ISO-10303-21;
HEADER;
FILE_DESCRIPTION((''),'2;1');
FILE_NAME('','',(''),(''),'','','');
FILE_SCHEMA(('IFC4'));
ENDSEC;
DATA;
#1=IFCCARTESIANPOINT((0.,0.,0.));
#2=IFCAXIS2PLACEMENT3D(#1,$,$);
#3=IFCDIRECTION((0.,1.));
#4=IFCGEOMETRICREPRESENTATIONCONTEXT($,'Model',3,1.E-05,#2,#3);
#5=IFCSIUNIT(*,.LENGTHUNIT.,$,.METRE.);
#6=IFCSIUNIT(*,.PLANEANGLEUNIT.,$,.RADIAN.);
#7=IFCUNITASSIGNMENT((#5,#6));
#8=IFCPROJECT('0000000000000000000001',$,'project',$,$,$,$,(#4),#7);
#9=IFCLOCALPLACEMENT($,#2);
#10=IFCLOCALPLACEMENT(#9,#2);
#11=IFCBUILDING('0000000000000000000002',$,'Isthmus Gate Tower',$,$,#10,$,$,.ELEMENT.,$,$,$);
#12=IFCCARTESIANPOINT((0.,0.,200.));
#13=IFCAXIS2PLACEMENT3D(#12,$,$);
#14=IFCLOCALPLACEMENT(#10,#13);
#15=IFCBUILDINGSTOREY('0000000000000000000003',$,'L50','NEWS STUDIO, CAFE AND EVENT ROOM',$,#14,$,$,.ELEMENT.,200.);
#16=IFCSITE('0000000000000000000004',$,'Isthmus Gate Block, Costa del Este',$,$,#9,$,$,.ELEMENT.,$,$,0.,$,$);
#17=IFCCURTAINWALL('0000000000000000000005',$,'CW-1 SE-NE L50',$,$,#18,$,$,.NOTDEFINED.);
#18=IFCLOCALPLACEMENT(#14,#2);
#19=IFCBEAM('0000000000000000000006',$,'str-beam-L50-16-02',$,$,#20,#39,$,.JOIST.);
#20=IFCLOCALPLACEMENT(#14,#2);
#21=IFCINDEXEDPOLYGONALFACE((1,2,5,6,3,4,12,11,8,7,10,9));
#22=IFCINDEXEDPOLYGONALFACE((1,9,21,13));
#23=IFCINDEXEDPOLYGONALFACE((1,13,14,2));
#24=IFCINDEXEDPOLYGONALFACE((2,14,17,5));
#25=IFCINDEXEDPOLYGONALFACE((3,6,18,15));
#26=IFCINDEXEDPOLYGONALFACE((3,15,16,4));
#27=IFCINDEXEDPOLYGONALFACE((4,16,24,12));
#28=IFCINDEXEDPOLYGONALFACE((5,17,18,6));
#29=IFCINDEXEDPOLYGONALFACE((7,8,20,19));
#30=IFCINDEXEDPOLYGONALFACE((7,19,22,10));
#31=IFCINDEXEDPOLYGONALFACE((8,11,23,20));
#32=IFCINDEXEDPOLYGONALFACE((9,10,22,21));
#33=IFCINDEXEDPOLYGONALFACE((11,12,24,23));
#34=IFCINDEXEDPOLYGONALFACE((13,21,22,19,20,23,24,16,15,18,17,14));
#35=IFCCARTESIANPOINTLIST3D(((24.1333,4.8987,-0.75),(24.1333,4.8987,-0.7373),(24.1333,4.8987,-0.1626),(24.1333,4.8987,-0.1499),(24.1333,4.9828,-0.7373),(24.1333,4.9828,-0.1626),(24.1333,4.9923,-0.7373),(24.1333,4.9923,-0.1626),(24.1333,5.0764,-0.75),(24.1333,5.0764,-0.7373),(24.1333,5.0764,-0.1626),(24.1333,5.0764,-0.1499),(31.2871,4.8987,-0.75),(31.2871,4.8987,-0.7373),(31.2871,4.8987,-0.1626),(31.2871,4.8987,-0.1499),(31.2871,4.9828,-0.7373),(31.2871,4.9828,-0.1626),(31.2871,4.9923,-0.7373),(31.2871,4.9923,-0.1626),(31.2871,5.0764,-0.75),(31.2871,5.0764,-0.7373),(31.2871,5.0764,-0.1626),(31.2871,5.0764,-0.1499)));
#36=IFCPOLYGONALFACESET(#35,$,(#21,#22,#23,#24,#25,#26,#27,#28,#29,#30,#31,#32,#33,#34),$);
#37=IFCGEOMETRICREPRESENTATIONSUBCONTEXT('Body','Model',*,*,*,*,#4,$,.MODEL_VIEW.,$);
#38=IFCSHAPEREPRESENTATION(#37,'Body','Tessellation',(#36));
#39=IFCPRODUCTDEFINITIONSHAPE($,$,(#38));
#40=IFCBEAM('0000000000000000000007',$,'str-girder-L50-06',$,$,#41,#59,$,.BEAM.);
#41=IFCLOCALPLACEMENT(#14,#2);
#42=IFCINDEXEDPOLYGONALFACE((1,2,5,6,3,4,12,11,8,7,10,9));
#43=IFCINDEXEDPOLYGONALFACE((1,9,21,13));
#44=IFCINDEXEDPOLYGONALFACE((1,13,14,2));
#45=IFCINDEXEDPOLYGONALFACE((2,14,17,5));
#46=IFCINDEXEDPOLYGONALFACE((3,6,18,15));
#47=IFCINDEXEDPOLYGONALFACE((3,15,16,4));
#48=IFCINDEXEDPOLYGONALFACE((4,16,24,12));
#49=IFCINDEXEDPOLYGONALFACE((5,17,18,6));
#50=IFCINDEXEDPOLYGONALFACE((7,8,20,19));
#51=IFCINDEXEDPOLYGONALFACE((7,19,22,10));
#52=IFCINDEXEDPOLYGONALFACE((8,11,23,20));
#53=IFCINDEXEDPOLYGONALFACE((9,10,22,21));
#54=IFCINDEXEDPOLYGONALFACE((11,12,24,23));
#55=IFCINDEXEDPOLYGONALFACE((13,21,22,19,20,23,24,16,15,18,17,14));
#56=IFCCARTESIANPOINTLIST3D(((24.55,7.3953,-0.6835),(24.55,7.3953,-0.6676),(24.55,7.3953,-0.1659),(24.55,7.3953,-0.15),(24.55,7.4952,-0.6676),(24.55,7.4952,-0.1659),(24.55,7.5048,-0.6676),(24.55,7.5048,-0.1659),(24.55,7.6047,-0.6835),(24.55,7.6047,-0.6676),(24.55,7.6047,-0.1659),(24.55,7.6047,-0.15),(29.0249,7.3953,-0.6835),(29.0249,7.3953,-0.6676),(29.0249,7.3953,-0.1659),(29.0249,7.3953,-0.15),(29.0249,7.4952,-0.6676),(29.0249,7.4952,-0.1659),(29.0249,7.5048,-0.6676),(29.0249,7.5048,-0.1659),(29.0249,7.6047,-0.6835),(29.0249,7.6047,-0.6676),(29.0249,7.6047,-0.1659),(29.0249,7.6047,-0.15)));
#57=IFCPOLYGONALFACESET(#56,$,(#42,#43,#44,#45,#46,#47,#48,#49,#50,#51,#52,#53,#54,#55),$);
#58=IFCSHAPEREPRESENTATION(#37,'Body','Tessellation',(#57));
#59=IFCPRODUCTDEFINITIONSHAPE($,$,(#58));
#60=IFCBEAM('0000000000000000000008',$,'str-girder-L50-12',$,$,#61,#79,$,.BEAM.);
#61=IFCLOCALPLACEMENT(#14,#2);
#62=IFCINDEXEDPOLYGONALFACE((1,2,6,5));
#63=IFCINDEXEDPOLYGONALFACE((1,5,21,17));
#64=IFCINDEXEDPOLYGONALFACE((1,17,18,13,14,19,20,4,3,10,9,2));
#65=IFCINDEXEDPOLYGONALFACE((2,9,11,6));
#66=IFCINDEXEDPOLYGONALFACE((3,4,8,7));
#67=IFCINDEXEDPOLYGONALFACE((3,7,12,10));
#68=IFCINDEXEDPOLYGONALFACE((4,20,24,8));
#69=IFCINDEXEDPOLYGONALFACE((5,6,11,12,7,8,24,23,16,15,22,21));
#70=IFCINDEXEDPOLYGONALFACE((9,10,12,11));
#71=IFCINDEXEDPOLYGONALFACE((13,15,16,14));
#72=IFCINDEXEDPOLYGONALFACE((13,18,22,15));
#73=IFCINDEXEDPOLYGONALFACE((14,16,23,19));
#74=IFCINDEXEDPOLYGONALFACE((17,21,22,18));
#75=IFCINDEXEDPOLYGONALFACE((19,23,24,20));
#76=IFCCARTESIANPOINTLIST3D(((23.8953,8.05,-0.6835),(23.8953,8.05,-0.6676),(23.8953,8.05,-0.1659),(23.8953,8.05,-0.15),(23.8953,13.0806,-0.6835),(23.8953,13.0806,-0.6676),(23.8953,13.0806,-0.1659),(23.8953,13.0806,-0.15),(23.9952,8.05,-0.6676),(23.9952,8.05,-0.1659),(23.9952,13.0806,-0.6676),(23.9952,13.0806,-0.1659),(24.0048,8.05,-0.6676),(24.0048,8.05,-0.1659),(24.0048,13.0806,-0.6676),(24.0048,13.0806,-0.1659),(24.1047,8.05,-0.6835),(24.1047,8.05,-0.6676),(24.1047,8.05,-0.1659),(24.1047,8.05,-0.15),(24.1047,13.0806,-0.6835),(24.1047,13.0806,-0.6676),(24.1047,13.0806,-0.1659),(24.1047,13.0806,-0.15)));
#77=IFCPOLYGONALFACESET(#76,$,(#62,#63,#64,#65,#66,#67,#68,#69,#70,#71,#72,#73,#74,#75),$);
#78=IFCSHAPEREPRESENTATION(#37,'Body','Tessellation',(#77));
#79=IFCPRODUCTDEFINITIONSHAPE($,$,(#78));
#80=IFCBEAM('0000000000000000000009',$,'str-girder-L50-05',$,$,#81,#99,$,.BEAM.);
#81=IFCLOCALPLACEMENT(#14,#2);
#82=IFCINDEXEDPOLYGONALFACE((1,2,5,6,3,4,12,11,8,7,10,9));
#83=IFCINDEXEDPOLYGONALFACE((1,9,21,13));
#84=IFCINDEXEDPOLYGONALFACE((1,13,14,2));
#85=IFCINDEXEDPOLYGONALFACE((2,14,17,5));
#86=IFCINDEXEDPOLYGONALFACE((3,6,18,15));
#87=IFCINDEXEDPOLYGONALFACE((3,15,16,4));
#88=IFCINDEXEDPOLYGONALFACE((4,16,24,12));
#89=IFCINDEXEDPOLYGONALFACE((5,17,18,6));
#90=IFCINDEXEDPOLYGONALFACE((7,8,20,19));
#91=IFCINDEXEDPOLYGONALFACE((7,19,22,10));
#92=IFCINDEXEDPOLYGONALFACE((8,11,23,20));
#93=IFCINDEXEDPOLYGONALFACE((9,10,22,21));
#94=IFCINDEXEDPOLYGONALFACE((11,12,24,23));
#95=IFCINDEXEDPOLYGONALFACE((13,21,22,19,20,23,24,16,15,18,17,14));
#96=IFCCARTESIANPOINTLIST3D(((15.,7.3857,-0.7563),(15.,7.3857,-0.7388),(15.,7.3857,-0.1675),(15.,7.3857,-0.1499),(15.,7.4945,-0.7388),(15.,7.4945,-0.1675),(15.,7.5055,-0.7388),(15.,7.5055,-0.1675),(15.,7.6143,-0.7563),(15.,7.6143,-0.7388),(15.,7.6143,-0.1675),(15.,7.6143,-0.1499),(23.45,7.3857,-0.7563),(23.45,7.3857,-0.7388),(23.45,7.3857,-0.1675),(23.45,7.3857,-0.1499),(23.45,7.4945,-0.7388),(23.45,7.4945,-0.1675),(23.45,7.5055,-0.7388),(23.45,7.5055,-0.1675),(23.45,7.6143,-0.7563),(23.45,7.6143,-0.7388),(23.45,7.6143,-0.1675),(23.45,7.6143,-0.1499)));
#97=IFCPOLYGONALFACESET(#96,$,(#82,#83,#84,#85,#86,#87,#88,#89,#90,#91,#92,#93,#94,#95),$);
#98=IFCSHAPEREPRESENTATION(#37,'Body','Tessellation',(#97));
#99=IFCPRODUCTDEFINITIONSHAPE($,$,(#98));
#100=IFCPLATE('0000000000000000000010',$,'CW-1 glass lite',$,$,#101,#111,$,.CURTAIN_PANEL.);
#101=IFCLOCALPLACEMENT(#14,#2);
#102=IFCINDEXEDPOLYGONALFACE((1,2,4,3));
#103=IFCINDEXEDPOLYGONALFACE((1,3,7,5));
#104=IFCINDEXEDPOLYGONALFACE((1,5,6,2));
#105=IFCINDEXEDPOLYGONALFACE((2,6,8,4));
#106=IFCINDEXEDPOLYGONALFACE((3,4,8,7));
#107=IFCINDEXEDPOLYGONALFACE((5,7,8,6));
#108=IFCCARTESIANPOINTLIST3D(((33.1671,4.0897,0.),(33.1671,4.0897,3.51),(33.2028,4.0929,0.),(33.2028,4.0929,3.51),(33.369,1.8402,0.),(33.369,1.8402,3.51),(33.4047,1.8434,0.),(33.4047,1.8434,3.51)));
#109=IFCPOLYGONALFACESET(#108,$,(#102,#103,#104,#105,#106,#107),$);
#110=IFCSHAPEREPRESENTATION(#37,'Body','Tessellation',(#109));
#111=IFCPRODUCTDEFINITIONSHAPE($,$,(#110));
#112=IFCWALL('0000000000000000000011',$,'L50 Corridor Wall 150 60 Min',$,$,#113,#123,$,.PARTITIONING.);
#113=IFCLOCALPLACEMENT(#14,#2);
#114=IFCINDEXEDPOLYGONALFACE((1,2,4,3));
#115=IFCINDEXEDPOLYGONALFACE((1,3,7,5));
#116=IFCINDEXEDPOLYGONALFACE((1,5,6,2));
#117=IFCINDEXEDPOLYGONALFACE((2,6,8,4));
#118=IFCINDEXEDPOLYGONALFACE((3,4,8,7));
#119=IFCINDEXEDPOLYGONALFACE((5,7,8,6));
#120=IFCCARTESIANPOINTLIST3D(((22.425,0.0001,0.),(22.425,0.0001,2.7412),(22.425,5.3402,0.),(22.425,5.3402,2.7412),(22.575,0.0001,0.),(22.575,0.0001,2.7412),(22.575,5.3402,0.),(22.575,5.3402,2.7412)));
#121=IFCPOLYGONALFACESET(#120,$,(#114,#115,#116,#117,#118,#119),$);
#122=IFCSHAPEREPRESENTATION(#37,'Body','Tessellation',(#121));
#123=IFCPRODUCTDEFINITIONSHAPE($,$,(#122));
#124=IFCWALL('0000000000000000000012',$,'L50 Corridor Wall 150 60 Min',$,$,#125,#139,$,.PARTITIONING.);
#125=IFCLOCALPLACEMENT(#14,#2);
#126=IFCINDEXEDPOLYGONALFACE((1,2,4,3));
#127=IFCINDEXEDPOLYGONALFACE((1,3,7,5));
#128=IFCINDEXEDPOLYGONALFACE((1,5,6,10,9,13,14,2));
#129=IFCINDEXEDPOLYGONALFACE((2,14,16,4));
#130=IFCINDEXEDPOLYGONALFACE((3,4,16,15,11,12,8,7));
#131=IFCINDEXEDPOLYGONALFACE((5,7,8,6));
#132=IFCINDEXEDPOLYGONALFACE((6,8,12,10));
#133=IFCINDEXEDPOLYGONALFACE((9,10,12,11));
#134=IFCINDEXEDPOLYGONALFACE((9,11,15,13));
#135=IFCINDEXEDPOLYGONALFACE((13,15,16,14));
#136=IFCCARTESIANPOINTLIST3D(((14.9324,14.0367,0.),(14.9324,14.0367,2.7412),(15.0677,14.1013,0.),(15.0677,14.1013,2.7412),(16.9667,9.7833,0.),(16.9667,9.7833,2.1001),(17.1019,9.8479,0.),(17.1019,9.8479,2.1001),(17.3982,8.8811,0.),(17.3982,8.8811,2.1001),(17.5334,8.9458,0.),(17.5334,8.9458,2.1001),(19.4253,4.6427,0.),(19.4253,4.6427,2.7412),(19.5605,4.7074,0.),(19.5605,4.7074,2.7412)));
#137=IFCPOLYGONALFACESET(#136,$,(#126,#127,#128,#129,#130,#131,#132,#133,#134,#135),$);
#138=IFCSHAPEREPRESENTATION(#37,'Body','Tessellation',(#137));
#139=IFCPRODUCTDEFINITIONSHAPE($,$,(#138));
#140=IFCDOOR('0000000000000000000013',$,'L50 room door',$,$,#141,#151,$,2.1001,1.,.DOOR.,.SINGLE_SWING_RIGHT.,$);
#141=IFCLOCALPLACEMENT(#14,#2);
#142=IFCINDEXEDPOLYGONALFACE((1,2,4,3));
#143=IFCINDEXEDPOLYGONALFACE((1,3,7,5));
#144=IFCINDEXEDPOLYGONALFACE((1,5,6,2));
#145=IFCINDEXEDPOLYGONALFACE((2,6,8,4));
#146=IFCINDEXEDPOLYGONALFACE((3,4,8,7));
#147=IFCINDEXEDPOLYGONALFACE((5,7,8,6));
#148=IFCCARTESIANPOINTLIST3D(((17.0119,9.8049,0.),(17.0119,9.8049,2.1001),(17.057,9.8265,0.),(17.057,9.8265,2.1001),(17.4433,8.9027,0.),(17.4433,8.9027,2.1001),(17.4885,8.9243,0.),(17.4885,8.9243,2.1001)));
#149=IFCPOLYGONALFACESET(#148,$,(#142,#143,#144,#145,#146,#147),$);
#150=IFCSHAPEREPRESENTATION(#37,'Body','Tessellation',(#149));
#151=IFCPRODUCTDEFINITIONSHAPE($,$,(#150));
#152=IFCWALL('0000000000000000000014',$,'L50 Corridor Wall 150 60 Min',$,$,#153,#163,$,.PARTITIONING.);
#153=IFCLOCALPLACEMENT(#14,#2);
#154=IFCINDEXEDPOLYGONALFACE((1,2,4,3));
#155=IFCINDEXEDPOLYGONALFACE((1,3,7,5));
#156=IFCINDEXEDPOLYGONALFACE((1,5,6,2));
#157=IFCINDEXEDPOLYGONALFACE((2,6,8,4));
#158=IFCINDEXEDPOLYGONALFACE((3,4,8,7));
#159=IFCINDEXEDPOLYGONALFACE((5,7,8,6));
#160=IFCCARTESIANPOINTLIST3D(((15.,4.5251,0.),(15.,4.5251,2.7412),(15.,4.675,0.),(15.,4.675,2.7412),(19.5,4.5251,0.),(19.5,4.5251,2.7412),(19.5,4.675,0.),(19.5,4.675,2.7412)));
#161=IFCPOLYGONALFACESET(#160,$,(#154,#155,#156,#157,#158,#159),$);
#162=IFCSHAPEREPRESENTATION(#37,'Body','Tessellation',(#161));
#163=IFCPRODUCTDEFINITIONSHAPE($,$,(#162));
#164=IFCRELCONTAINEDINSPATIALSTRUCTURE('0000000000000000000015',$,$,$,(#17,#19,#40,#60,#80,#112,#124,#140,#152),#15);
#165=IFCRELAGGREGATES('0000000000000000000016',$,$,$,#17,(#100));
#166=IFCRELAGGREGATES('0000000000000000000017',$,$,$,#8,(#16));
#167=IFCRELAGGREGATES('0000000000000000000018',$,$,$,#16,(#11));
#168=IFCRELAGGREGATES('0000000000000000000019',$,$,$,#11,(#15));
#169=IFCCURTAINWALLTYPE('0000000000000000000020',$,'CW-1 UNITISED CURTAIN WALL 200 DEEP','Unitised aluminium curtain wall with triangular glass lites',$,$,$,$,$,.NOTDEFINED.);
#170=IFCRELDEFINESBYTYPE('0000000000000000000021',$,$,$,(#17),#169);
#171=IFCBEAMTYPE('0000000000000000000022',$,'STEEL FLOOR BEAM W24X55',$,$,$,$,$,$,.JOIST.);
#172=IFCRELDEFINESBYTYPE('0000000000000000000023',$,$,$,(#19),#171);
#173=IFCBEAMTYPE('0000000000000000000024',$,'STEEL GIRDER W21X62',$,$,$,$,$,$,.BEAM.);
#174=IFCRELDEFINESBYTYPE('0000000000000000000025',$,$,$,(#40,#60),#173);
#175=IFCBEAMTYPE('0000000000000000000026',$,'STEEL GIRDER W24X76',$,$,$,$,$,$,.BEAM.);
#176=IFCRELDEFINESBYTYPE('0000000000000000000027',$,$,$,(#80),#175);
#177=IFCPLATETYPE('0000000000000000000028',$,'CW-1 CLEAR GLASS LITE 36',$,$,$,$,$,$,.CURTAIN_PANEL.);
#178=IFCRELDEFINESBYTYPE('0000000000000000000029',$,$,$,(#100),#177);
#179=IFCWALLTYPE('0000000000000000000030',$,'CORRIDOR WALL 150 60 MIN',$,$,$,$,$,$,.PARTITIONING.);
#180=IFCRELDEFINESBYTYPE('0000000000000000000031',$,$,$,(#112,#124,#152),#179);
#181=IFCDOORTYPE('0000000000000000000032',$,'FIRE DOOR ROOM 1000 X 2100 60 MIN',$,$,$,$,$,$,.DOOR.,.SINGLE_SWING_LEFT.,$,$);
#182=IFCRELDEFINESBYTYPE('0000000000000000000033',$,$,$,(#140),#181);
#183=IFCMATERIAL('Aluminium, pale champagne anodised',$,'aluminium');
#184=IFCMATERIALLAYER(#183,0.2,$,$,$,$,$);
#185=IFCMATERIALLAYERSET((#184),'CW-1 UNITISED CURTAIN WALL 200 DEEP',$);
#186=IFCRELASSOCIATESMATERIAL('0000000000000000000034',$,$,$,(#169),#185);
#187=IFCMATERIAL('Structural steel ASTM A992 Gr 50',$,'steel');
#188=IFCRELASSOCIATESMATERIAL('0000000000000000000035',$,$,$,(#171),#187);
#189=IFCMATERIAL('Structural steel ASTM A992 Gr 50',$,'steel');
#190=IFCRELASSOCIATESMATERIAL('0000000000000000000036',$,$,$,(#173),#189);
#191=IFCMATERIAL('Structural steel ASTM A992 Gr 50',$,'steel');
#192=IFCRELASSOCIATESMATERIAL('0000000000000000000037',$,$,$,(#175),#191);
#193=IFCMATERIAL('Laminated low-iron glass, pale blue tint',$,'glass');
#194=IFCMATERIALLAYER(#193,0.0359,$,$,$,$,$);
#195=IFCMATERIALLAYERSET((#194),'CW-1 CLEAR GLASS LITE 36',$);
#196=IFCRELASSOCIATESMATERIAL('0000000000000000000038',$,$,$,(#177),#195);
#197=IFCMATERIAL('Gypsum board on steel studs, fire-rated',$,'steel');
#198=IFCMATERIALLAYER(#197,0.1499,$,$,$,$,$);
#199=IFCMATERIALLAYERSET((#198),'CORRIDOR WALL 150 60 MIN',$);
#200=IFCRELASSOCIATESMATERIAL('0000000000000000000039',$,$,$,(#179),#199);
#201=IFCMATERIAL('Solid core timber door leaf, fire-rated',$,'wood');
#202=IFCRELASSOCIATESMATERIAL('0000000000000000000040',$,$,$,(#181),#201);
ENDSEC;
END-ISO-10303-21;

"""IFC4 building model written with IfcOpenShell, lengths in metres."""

from ifc_helpers import new_model, si_unit, direction, frame, frame_2d, origin, origin_2d, place, context, subcontext, project, spatial, rectangle, i_section, extrude, material, layer, layer_set, material_profile, profile_set, type_object, element, fill, aggregate, save


model = new_model("IFC4")

# Units and contexts
model_context = context("Model", 3, precision=1e-05, world=origin(), true_north=direction((0.0, 1.0)))
body_context = subcontext(model_context, "Body", "Model", "MODEL_VIEW")
ifc_project = project(units=[si_unit("LENGTHUNIT", "METRE"), si_unit("PLANEANGLEUNIT", "RADIAN")], contexts=[model_context])

# Site, building, storey
site_placement = place(None, origin())
site = spatial("IfcSite", under=ifc_project, at=site_placement, Name="Isthmus Gate Block, Costa del Este", CompositionType="ELEMENT", RefElevation=0.0)
building_placement = place(site_placement, origin())
building = spatial("IfcBuilding", under=site, at=building_placement, Name="Isthmus Gate Tower", CompositionType="ELEMENT")
storey_placement = place(building_placement, frame((0.0, 0.0, 200.0)))
storey = spatial("IfcBuildingStorey", under=building, at=storey_placement, Name="L50", Description="NEWS STUDIO, CAFE AND EVENT ROOM", CompositionType="ELEMENT", Elevation=200.0)

# Curtain wall
ifc_material_1 = material(Name="Aluminium, pale champagne anodised", Category="aluminium")
ifc_layer_1 = layer(ifc_material_1, 0.2)
ifc_layer_set_1 = layer_set([ifc_layer_1], Name="CW-1 UNITISED CURTAIN WALL 200 DEEP")
curtain_wall_type = type_object("IfcCurtainWallType", Name="CW-1 UNITISED CURTAIN WALL 200 DEEP", Description="Unitised aluminium curtain wall with triangular glass lites", PredefinedType="NOTDEFINED", material=ifc_layer_set_1)
curtain_wall_1_placement = place(storey_placement, origin())
curtain_wall_1 = element("IfcCurtainWall", 1, at=curtain_wall_1_placement, inside=storey, type_object=curtain_wall_type, Name="CW-1 SE-NE L50", PredefinedType="NOTDEFINED")

# Beams
ifc_material_2 = material(Name="Structural steel ASTM A992 Gr 50", Category="steel")
ifc_material_profile_1 = material_profile(ifc_material_2, i_section(OverallWidth=0.1777, OverallDepth=0.6001, WebThickness=0.0095, FlangeThickness=0.0127, at=origin_2d()), Name="W24X55")
ifc_profile_set_1 = profile_set([ifc_material_profile_1], Name="Structural steel ASTM A992 Gr 50")
beam_type_1 = type_object("IfcBeamType", Name="STEEL FLOOR BEAM W24X55", PredefinedType="JOIST", material=ifc_profile_set_1)
beam_1_placement = place(storey_placement, frame((24.1333, 4.9875, -0.45), z_axis=(1.0, 0.0, 0.0), x_axis=(0.0, 1.0, 0.0)))
element("IfcBeam", 2, at=beam_1_placement, inside=storey, type_object=beam_type_1, Name="str-beam-L50-16-02", PredefinedType="JOIST", context=body_context, shape_type="SweptSolid", body=[
    extrude(i_section(OverallWidth=0.1777, OverallDepth=0.6001, WebThickness=0.0095, FlangeThickness=0.0127, at=origin_2d()), origin(), (0.0, 0.0, 1.0), 7.1538),
])
ifc_material_3 = material(Name="Structural steel ASTM A992 Gr 50", Category="steel")
ifc_material_profile_2 = material_profile(ifc_material_3, i_section(OverallWidth=0.2095, OverallDepth=0.5334, WebThickness=0.0095, FlangeThickness=0.0159, at=origin_2d()), Name="W21X62")
ifc_profile_set_2 = profile_set([ifc_material_profile_2], Name="Structural steel ASTM A992 Gr 50")
beam_type_2 = type_object("IfcBeamType", Name="STEEL GIRDER W21X62", PredefinedType="BEAM", material=ifc_profile_set_2)
beam_2_placement = place(storey_placement, frame((24.55, 7.5, -0.4167), z_axis=(1.0, 0.0, 0.0), x_axis=(0.0, 1.0, 0.0)))
element("IfcBeam", 3, at=beam_2_placement, inside=storey, type_object=beam_type_2, Name="str-girder-L50-06", PredefinedType="BEAM", context=body_context, shape_type="SweptSolid", body=[
    extrude(i_section(OverallWidth=0.2095, OverallDepth=0.5334, WebThickness=0.0095, FlangeThickness=0.0159, at=origin_2d()), origin(), (0.0, 0.0, 1.0), 4.4749),
])
beam_3_placement = place(storey_placement, frame((24.0, 8.05, -0.4167), z_axis=(0.0, 1.0, 0.0), x_axis=(-1.0, 0.0, 0.0)))
element("IfcBeam", 4, at=beam_3_placement, inside=storey, type_object=beam_type_2, Name="str-girder-L50-12", PredefinedType="BEAM", context=body_context, shape_type="SweptSolid", body=[
    extrude(i_section(OverallWidth=0.2095, OverallDepth=0.5334, WebThickness=0.0095, FlangeThickness=0.0159, at=origin_2d()), origin(), (0.0, 0.0, 1.0), 5.0305),
])
ifc_material_4 = material(Name="Structural steel ASTM A992 Gr 50", Category="steel")
ifc_material_profile_3 = material_profile(ifc_material_4, i_section(OverallWidth=0.2285, OverallDepth=0.6064, WebThickness=0.011, FlangeThickness=0.0176, at=origin_2d()), Name="W24X76")
ifc_profile_set_3 = profile_set([ifc_material_profile_3], Name="Structural steel ASTM A992 Gr 50")
beam_type_3 = type_object("IfcBeamType", Name="STEEL GIRDER W24X76", PredefinedType="BEAM", material=ifc_profile_set_3)
beam_4_placement = place(storey_placement, frame((15.0, 7.5, -0.4531), z_axis=(1.0, 0.0, 0.0), x_axis=(0.0, 1.0, 0.0)))
element("IfcBeam", 5, at=beam_4_placement, inside=storey, type_object=beam_type_3, Name="str-girder-L50-05", PredefinedType="BEAM", context=body_context, shape_type="SweptSolid", body=[
    extrude(i_section(OverallWidth=0.2285, OverallDepth=0.6064, WebThickness=0.011, FlangeThickness=0.0176, at=origin_2d()), origin(), (0.0, 0.0, 1.0), 8.45),
])

# Plate
ifc_material_5 = material(Name="Laminated low-iron glass, pale blue tint", Category="glass")
ifc_layer_2 = layer(ifc_material_5, 0.0359)
ifc_layer_set_2 = layer_set([ifc_layer_2], Name="CW-1 CLEAR GLASS LITE 36")
plate_type = type_object("IfcPlateType", Name="CW-1 CLEAR GLASS LITE 36", PredefinedType="CURTAIN_PANEL", material=ifc_layer_set_2)
plate_placement = place(storey_placement, frame((33.2859, 2.9666, 0.0), z_axis=(0.0, 0.0, 1.0), x_axis=(-0.089397, 0.995996, 0.0)))
plate = element("IfcPlate", 6, at=plate_placement, type_object=plate_type, Name="CW-1 glass lite", PredefinedType="CURTAIN_PANEL", context=body_context, shape_type="SweptSolid", body=[
    extrude(rectangle(XDim=2.2585, YDim=0.0359, at=origin_2d()), origin(), (0.0, 0.0, 1.0), 3.51),
])
aggregate(curtain_wall_1, [plate])

# Wall
ifc_material_6 = material(Name="Gypsum board on steel studs, fire-rated", Category="steel")
ifc_layer_3 = layer(ifc_material_6, 0.1499)
ifc_layer_set_3 = layer_set([ifc_layer_3], Name="CORRIDOR WALL 150 60 MIN")
wall_type = type_object("IfcWallType", Name="CORRIDOR WALL 150 60 MIN", PredefinedType="PARTITIONING", material=ifc_layer_set_3)
wall_1_placement = place(storey_placement, frame((22.5, 5.3401, 0.0), z_axis=(0.0, 0.0, 1.0), x_axis=(0.0, -1.0, 0.0)))
element("IfcWall", 7, at=wall_1_placement, inside=storey, type_object=wall_type, Name="L50 Corridor Wall 150 60 Min", PredefinedType="PARTITIONING", context=body_context, shape_type="SweptSolid", body=[
    extrude(rectangle(XDim=5.3401, YDim=0.1499, at=frame_2d((2.6699, 0.0))), origin(), (0.0, 0.0, 1.0), 2.7412),
])

# Wall, opening, door
wall_2_placement = place(storey_placement, frame((19.4929, 4.675, 0.0), z_axis=(0.0, 0.0, 1.0), x_axis=(-0.431465, 0.90213, 0.0)))
wall_2 = element("IfcWall", 8, at=wall_2_placement, inside=storey, type_object=wall_type, Name="L50 Corridor Wall 150 60 Min", PredefinedType="PARTITIONING", context=body_context, shape_type="SweptSolid", body=[
    extrude(rectangle(XDim=10.4131, YDim=0.1499, at=frame_2d((5.2065, 0.0))), origin(), (0.0, 0.0, 1.0), 2.7412),
])
opening_placement = place(wall_2_placement, frame((4.6982, 0.0, 0.0)))
opening = element("IfcOpeningElement", 9, at=opening_placement, cuts=wall_2, PredefinedType="OPENING", context=body_context, shape_type="SweptSolid", body=[
    extrude(rectangle(XDim=1.0, YDim=2.1001, at=frame_2d((0.5, 1.05))), frame((0.0, 0.085, 0.0), z_axis=(0.0, -1.0, 0.0), x_axis=(1.0, 0.0, 0.0)), (0.0, 0.0, 1.0), 0.1699),
])
ifc_material_7 = material(Name="Solid core timber door leaf, fire-rated", Category="wood")
door_type = type_object("IfcDoorType", Name="FIRE DOOR ROOM 1000 X 2100 60 MIN", OperationType="SINGLE_SWING_LEFT", PredefinedType="DOOR", material=ifc_material_7)
door_placement = place(opening_placement, origin())
door = element("IfcDoor", 10, at=door_placement, inside=storey, type_object=door_type, Name="L50 room door", OperationType="SINGLE_SWING_RIGHT", OverallHeight=2.1001, OverallWidth=1.0, PredefinedType="DOOR", context=body_context, shape_type="SweptSolid", body=[
    extrude(rectangle(XDim=1.0, YDim=2.1001, at=frame_2d((0.5, 1.05))), frame((0.0, 0.0249, 0.0), z_axis=(0.0, -1.0, 0.0), x_axis=(1.0, 0.0, 0.0)), (0.0, 0.0, 1.0), 0.05),
])
fill(opening, door)

# Wall
wall_3_placement = place(storey_placement, frame((15.0, 4.6001, 0.0), z_axis=(0.0, 0.0, 1.0), x_axis=(1.0, 0.0, 0.0)))
element("IfcWall", 11, at=wall_3_placement, inside=storey, type_object=wall_type, Name="L50 Corridor Wall 150 60 Min", PredefinedType="PARTITIONING", context=body_context, shape_type="SweptSolid", body=[
    extrude(rectangle(XDim=4.5, YDim=0.1499, at=frame_2d((2.25, 0.0))), origin(), (0.0, 0.0, 1.0), 2.7412),
])

save(model, "model.ifc")
